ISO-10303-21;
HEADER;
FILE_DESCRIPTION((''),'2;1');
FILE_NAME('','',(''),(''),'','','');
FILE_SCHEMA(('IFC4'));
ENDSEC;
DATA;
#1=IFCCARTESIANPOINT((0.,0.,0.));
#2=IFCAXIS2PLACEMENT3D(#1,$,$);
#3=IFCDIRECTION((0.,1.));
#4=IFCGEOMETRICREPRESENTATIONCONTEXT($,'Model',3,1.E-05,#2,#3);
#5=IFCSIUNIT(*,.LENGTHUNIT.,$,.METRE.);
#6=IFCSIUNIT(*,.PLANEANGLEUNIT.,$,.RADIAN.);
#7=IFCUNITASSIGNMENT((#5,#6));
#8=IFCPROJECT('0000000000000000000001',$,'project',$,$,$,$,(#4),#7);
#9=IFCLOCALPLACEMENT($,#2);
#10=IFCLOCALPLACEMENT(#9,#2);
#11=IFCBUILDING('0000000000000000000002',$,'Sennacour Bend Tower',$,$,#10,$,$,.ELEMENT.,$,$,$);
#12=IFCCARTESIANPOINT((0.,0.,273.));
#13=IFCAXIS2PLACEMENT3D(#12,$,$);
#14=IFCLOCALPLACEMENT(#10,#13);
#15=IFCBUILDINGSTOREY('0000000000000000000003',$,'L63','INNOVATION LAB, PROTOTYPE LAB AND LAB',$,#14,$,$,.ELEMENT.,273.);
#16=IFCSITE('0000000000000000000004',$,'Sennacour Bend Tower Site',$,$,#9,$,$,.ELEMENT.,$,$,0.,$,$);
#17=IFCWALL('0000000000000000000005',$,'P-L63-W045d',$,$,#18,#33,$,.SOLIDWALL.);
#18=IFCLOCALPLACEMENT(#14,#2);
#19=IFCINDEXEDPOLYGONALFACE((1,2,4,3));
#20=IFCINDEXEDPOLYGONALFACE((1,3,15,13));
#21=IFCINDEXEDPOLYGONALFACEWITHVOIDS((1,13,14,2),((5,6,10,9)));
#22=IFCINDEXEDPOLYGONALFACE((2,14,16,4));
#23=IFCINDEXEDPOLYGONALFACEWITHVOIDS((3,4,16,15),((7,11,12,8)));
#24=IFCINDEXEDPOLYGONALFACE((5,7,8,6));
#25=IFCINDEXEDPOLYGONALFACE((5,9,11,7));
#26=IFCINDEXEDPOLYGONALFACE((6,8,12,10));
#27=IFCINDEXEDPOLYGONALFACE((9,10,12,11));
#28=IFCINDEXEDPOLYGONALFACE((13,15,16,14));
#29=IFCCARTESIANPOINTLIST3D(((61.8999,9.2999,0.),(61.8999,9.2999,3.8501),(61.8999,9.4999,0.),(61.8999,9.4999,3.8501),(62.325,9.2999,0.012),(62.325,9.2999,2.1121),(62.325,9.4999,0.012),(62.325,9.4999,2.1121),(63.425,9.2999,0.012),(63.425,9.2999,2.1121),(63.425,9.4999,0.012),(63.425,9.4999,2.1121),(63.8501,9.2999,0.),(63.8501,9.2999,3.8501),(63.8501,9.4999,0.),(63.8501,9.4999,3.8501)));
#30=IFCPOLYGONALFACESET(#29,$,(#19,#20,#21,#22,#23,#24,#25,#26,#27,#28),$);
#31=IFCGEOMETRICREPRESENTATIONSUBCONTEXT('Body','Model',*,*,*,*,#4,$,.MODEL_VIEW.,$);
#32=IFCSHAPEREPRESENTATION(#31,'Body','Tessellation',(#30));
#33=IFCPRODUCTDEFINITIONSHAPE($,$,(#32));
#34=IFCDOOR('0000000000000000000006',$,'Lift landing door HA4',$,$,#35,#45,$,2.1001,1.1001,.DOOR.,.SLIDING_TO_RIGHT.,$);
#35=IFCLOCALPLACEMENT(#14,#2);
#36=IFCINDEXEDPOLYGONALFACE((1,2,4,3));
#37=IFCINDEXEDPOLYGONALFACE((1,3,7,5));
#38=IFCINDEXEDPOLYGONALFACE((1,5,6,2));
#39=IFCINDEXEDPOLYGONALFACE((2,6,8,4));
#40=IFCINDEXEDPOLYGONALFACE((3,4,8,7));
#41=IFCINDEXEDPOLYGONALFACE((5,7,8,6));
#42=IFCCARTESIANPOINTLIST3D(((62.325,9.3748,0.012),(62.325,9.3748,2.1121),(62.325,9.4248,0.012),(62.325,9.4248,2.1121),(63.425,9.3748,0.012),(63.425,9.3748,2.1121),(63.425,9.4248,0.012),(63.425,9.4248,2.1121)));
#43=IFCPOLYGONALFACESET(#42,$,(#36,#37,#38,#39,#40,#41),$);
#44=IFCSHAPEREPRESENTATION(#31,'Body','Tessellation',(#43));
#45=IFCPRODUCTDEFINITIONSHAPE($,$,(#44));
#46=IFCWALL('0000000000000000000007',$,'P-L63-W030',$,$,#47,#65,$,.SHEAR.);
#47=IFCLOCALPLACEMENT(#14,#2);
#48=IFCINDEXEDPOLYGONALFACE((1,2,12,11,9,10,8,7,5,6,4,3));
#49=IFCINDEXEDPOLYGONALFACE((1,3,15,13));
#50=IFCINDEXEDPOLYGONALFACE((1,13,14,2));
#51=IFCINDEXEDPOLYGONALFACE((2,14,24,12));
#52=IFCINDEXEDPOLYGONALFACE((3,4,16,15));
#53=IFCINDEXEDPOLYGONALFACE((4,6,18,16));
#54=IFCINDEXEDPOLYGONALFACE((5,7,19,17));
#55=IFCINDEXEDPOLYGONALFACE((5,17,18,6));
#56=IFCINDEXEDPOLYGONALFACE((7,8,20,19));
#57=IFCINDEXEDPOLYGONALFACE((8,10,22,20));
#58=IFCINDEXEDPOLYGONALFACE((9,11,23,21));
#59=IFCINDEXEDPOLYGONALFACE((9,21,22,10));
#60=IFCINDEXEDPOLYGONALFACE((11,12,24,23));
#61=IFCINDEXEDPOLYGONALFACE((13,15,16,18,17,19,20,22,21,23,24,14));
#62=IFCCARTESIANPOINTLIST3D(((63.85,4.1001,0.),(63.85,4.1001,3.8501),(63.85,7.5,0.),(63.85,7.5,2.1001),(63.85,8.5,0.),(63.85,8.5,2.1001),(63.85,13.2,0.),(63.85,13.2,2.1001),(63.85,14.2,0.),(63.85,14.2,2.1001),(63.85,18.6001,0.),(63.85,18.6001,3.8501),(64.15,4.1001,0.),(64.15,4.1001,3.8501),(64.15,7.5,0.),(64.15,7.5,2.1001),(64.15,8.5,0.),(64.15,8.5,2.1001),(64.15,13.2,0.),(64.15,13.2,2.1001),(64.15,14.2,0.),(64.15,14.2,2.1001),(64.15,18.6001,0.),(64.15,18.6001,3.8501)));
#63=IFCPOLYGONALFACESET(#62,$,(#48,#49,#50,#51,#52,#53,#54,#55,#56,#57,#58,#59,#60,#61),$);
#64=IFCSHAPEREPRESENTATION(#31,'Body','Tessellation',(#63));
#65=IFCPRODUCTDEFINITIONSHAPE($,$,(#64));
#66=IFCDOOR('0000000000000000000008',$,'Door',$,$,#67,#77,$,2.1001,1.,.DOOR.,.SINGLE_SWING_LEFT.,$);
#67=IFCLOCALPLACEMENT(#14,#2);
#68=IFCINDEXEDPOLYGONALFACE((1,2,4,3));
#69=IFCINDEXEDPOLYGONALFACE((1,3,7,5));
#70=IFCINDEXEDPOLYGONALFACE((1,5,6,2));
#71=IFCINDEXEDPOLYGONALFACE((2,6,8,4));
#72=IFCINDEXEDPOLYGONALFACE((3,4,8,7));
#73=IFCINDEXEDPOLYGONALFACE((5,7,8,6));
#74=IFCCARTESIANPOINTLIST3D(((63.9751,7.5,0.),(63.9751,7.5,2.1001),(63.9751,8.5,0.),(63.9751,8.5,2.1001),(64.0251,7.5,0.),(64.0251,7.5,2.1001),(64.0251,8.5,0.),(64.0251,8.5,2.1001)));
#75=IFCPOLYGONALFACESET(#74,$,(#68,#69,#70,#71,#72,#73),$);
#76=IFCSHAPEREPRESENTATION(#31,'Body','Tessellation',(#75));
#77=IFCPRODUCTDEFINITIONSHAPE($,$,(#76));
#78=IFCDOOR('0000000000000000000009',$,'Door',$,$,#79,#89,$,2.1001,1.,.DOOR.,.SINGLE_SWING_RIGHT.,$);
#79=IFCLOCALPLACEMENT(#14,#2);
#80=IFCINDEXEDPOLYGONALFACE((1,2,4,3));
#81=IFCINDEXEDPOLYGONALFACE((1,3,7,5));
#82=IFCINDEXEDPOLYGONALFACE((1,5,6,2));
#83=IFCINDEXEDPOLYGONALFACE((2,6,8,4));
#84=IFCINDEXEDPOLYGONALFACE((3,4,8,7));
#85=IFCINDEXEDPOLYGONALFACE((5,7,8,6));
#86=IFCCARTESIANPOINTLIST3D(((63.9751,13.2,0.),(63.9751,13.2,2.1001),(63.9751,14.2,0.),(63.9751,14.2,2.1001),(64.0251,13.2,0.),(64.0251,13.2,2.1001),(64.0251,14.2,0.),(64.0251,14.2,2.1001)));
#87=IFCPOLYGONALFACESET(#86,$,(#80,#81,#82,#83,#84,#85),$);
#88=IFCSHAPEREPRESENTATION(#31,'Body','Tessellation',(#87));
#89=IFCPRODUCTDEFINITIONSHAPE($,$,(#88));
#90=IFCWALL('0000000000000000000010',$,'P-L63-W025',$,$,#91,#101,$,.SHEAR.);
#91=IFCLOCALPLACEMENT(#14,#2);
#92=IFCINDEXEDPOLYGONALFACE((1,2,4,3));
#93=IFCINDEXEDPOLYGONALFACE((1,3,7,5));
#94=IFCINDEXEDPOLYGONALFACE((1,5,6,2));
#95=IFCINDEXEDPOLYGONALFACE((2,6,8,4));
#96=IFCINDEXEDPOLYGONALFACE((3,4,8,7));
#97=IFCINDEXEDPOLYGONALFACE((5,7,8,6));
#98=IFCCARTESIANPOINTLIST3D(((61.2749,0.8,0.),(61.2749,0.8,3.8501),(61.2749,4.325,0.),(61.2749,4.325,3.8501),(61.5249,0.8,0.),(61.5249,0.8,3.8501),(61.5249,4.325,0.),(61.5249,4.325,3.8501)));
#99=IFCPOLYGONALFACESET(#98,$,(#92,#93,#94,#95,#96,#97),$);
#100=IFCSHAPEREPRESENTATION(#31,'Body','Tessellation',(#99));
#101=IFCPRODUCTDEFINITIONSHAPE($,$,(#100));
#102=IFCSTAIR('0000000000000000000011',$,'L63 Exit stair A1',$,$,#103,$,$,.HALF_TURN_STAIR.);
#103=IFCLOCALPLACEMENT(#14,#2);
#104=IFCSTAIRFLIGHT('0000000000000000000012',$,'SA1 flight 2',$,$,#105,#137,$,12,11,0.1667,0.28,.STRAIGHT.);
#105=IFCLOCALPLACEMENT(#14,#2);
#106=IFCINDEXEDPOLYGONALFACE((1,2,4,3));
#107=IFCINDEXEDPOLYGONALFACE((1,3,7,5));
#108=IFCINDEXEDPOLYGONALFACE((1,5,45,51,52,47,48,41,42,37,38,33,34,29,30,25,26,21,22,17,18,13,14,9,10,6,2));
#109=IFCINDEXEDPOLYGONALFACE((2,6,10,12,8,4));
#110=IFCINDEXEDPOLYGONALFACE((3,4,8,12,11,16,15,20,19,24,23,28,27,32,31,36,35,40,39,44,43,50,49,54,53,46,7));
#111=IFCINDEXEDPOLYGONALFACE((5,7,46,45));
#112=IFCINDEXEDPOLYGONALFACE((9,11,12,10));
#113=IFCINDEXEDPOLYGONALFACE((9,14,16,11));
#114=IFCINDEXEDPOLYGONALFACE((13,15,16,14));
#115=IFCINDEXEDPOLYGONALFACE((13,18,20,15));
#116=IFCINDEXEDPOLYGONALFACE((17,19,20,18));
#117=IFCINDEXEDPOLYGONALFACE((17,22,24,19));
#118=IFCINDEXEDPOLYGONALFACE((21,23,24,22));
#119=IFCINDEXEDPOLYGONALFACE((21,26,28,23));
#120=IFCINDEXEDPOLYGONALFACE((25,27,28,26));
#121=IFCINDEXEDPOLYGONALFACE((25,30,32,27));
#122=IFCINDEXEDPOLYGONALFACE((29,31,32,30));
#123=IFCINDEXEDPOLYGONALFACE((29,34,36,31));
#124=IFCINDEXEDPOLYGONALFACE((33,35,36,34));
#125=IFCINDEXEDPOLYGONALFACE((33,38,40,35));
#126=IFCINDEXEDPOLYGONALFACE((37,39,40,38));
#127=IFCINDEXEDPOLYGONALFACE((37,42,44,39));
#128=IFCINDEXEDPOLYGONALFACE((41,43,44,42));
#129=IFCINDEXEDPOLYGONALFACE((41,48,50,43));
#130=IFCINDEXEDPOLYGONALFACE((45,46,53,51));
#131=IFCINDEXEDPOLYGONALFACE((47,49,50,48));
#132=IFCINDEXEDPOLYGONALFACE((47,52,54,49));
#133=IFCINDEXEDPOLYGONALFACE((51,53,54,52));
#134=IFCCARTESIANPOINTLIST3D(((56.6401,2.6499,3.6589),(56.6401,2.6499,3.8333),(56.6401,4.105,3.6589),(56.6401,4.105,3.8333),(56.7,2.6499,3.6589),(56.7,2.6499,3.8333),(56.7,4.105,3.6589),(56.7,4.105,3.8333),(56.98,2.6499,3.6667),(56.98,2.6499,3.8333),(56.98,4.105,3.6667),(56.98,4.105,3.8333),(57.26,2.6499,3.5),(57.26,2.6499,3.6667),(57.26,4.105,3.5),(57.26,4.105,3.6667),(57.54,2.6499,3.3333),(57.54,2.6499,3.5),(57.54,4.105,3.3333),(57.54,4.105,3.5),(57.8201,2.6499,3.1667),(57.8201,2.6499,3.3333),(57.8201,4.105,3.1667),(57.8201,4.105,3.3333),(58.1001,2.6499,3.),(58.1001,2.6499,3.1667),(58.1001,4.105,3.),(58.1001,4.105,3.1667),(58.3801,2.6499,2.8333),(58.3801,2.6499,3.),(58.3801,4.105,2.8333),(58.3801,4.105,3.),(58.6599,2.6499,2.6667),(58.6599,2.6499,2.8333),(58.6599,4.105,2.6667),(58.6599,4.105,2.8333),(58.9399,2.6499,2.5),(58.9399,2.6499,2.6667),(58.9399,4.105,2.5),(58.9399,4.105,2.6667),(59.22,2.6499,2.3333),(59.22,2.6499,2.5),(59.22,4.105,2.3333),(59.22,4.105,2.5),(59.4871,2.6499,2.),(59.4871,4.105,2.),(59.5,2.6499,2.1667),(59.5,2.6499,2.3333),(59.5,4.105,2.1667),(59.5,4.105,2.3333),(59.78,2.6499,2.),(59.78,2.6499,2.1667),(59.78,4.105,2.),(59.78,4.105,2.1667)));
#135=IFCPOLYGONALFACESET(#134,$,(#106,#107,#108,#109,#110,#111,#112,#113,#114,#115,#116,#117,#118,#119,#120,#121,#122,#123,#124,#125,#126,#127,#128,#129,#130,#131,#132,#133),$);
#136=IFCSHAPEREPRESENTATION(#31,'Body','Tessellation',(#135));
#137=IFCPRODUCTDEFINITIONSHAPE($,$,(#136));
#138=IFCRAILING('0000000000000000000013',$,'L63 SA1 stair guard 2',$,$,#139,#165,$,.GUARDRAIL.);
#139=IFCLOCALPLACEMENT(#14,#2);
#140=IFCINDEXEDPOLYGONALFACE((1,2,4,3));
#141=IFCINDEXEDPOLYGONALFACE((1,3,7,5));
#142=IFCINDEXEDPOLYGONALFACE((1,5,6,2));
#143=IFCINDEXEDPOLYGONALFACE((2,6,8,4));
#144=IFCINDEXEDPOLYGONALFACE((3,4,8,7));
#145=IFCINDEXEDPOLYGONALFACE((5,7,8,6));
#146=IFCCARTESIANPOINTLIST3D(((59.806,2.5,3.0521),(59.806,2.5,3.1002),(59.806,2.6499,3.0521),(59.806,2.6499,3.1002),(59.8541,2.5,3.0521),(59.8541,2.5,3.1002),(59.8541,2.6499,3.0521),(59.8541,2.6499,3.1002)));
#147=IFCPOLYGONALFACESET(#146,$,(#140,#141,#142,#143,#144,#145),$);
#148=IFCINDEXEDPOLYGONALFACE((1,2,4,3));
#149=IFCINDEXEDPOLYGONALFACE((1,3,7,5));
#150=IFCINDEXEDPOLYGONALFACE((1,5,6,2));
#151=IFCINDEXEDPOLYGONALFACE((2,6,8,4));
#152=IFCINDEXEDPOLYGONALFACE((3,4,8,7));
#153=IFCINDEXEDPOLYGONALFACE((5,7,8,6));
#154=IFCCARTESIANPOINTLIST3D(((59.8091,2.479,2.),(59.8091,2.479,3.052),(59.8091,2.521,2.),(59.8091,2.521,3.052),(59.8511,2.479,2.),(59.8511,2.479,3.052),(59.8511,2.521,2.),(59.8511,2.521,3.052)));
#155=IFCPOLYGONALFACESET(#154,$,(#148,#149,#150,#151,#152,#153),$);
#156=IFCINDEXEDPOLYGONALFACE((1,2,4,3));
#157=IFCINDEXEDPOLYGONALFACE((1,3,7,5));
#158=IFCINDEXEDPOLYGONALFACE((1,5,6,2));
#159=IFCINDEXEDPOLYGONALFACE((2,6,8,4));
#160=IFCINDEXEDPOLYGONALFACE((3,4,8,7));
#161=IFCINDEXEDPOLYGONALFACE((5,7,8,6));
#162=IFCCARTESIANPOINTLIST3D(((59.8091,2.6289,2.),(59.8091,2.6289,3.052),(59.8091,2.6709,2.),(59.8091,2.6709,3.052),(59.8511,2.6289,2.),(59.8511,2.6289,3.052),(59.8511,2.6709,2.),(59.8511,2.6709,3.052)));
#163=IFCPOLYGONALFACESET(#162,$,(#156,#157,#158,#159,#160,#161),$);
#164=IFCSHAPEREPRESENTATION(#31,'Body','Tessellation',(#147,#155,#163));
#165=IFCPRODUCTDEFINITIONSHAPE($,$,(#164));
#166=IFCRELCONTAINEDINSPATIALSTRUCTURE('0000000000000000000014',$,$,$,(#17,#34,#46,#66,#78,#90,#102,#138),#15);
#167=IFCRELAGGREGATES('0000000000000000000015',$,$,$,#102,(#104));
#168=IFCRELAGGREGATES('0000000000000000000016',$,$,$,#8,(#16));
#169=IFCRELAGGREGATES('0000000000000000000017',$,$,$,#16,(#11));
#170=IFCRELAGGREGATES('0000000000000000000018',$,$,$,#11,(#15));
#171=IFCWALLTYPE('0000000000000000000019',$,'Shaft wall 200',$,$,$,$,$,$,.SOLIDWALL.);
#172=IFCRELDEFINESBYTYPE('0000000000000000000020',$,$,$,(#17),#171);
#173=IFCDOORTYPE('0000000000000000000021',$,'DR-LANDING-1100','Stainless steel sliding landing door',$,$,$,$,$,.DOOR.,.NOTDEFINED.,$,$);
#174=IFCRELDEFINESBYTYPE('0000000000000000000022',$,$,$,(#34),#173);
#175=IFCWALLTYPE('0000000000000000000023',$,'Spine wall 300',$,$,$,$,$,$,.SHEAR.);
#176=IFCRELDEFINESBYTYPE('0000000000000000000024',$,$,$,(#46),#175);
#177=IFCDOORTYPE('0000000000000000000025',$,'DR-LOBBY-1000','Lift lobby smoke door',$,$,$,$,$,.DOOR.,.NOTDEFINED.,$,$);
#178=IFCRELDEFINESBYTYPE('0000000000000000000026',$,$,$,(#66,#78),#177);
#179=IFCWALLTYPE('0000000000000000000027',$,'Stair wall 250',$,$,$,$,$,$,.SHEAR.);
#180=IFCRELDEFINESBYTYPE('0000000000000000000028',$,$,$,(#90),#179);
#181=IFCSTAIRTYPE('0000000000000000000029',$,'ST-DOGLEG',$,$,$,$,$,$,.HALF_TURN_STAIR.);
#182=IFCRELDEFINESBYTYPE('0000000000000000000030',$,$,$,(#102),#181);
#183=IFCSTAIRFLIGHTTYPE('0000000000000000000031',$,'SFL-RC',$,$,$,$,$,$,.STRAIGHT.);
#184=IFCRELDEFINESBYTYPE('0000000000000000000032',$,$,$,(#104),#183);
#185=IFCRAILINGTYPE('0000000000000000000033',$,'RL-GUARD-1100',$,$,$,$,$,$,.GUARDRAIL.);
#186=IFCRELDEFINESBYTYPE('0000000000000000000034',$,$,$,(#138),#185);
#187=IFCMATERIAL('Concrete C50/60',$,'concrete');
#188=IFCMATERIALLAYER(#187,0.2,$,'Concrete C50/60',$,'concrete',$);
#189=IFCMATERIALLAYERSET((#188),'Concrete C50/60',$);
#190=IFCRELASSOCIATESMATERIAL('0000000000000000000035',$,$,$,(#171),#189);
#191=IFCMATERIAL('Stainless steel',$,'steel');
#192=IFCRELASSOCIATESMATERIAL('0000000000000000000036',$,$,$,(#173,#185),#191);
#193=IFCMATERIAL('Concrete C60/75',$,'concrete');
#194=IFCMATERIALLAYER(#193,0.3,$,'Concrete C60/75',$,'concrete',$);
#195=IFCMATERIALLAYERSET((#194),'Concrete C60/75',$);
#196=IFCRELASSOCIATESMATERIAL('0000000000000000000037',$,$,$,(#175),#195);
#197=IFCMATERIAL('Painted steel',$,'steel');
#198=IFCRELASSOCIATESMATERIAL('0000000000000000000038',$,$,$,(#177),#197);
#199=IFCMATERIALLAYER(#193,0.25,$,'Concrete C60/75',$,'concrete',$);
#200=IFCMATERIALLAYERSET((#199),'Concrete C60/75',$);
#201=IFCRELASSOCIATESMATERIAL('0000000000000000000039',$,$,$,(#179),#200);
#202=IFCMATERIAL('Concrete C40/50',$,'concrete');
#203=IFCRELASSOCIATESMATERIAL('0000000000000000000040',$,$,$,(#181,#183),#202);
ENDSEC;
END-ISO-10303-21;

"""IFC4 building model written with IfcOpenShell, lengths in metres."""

from ifc_helpers import new_model, si_unit, direction, frame, frame_2d, origin, origin_2d, place, context, subcontext, project, spatial, polyline, rectangle, outline, extrude, material, layer, layer_set, type_object, element, fill, aggregate, save


model = new_model("IFC4")

# Units and contexts
model_context = context("Model", 3, precision=1e-05, world=origin(), true_north=direction((0.0, 1.0)))
body_context = subcontext(model_context, "Body", "Model", "MODEL_VIEW")
ifc_project = project(units=[si_unit("LENGTHUNIT", "METRE"), si_unit("PLANEANGLEUNIT", "RADIAN")], contexts=[model_context])

# Site, building, storey
site_placement = place(None, origin())
site = spatial("IfcSite", under=ifc_project, at=site_placement, Name="Sennacour Bend Tower Site", CompositionType="ELEMENT", RefElevation=0.0)
building_placement = place(site_placement, origin())
building = spatial("IfcBuilding", under=site, at=building_placement, Name="Sennacour Bend Tower", CompositionType="ELEMENT")
storey_placement = place(building_placement, frame((0.0, 0.0, 273.0)))
storey = spatial("IfcBuildingStorey", under=building, at=storey_placement, Name="L63", Description="INNOVATION LAB, PROTOTYPE LAB AND LAB", CompositionType="ELEMENT", Elevation=273.0)

# Shared definitions
ifc_material_1 = material(Name="Concrete C50/60", Category="concrete")

# Shared definitions
ifc_material_2 = material(Name="Painted steel", Category="steel")

# Shared definitions
ifc_layer_1 = layer(ifc_material_1, 0.2, Name="Concrete C50/60", Category="concrete")
ifc_layer_set_1 = layer_set([ifc_layer_1], Name="Concrete C50/60")
wall_type_1 = type_object("IfcWallType", Name="Shaft wall 200", PredefinedType="SOLIDWALL", material=ifc_layer_set_1)

# Wall, opening, door
wall_1_placement = place(storey_placement, frame((61.8999, 9.3999, 0.0), z_axis=(0.0, 0.0, 1.0), x_axis=(1.0, 0.0, 0.0)))
wall_1 = element("IfcWall", 1, at=wall_1_placement, inside=storey, type_object=wall_type_1, Name="P-L63-W045d", PredefinedType="SOLIDWALL", context=body_context, shape_type="SweptSolid", body=[
    extrude(rectangle(XDim=1.9502, YDim=0.2, at=frame_2d((0.9751, 0.0))), origin(), (0.0, 0.0, 1.0), 3.8501),
])
opening_1_placement = place(wall_1_placement, frame((0.425, 0.0, 0.012)))
opening_1 = element("IfcOpeningElement", 2, at=opening_1_placement, cuts=wall_1, PredefinedType="OPENING", context=body_context, shape_type="SweptSolid", body=[
    extrude(rectangle(XDim=1.1001, YDim=2.1001, at=frame_2d((0.55, 1.05))), frame((0.0, 0.1099, 0.0), z_axis=(0.0, -1.0, 0.0), x_axis=(1.0, 0.0, 0.0)), (0.0, 0.0, 1.0), 0.22),
])
ifc_material_3 = material(Name="Stainless steel", Category="steel")
door_type_1 = type_object("IfcDoorType", Name="DR-LANDING-1100", Description="Stainless steel sliding landing door", OperationType="NOTDEFINED", PredefinedType="DOOR", material=ifc_material_3)
door_1_placement = place(opening_1_placement, origin())
door_1 = element("IfcDoor", 3, at=door_1_placement, inside=storey, type_object=door_type_1, Name="Lift landing door HA4", OperationType="SLIDING_TO_RIGHT", OverallHeight=2.1001, OverallWidth=1.1001, PredefinedType="DOOR", context=body_context, shape_type="SweptSolid", body=[
    extrude(rectangle(XDim=1.1001, YDim=2.1001, at=frame_2d((0.55, 1.05))), frame((0.0, 0.0249, 0.0), z_axis=(0.0, -1.0, 0.0), x_axis=(1.0, 0.0, 0.0)), (0.0, 0.0, 1.0), 0.05),
])
fill(opening_1, door_1)

# Wall, openings, doors
ifc_material_4 = material(Name="Concrete C60/75", Category="concrete")
ifc_layer_2 = layer(ifc_material_4, 0.3, Name="Concrete C60/75", Category="concrete")
ifc_layer_set_2 = layer_set([ifc_layer_2], Name="Concrete C60/75")
wall_type_2 = type_object("IfcWallType", Name="Spine wall 300", PredefinedType="SHEAR", material=ifc_layer_set_2)
wall_2_placement = place(storey_placement, frame((64.0, 4.1001, 0.0), z_axis=(0.0, 0.0, 1.0), x_axis=(0.0, 1.0, 0.0)))
wall_2 = element("IfcWall", 4, at=wall_2_placement, inside=storey, type_object=wall_type_2, Name="P-L63-W030", PredefinedType="SHEAR", context=body_context, shape_type="SweptSolid", body=[
    extrude(rectangle(XDim=14.5, YDim=0.3, at=frame_2d((7.25, 0.0))), origin(), (0.0, 0.0, 1.0), 3.8501),
])
opening_2_placement = place(wall_2_placement, frame((3.3999, 0.0, 0.0)))
opening_2 = element("IfcOpeningElement", 5, at=opening_2_placement, cuts=wall_2, PredefinedType="OPENING", context=body_context, shape_type="SweptSolid", body=[
    extrude(rectangle(XDim=1.0, YDim=2.1001, at=frame_2d((0.5, 1.05))), frame((0.0, 0.1602, 0.0), z_axis=(0.0, -1.0, 0.0), x_axis=(1.0, 0.0, 0.0)), (0.0, 0.0, 1.0), 0.3201),
])
opening_3_placement = place(wall_2_placement, frame((9.0999, 0.0, 0.0)))
opening_3 = element("IfcOpeningElement", 6, at=opening_3_placement, cuts=wall_2, PredefinedType="OPENING", context=body_context, shape_type="SweptSolid", body=[
    extrude(rectangle(XDim=1.0, YDim=2.1001, at=frame_2d((0.5, 1.05))), frame((0.0, 0.1602, 0.0), z_axis=(0.0, -1.0, 0.0), x_axis=(1.0, 0.0, 0.0)), (0.0, 0.0, 1.0), 0.3201),
])
door_type_2 = type_object("IfcDoorType", Name="DR-LOBBY-1000", Description="Lift lobby smoke door", OperationType="NOTDEFINED", PredefinedType="DOOR", material=ifc_material_2)
door_2_placement = place(opening_2_placement, origin())
door_2 = element("IfcDoor", 7, at=door_2_placement, inside=storey, type_object=door_type_2, Name="Door", OperationType="SINGLE_SWING_LEFT", OverallHeight=2.1001, OverallWidth=1.0, PredefinedType="DOOR", context=body_context, shape_type="SweptSolid", body=[
    extrude(rectangle(XDim=1.0, YDim=2.1001, at=frame_2d((0.5, 1.05))), frame((0.0, 0.0249, 0.0), z_axis=(0.0, -1.0, 0.0), x_axis=(1.0, 0.0, 0.0)), (0.0, 0.0, 1.0), 0.05),
])
fill(opening_2, door_2)
door_3_placement = place(opening_3_placement, origin())
door_3 = element("IfcDoor", 8, at=door_3_placement, inside=storey, type_object=door_type_2, Name="Door", OperationType="SINGLE_SWING_RIGHT", OverallHeight=2.1001, OverallWidth=1.0, PredefinedType="DOOR", context=body_context, shape_type="SweptSolid", body=[
    extrude(rectangle(XDim=1.0, YDim=2.1001, at=frame_2d((0.5, 1.05))), frame((0.0, 0.0249, 0.0), z_axis=(0.0, -1.0, 0.0), x_axis=(1.0, 0.0, 0.0)), (0.0, 0.0, 1.0), 0.05),
])
fill(opening_3, door_3)

# Wall
ifc_layer_3 = layer(ifc_material_4, 0.25, Name="Concrete C60/75", Category="concrete")
ifc_layer_set_3 = layer_set([ifc_layer_3], Name="Concrete C60/75")
wall_type_3 = type_object("IfcWallType", Name="Stair wall 250", PredefinedType="SHEAR", material=ifc_layer_set_3)
wall_3_placement = place(storey_placement, frame((61.3999, 0.8, 0.0), z_axis=(0.0, 0.0, 1.0), x_axis=(0.0, 1.0, 0.0)))
element("IfcWall", 9, at=wall_3_placement, inside=storey, type_object=wall_type_3, Name="P-L63-W025", PredefinedType="SHEAR", context=body_context, shape_type="SweptSolid", body=[
    extrude(rectangle(XDim=3.5249, YDim=0.25, at=frame_2d((1.7625, 0.0))), origin(), (0.0, 0.0, 1.0), 3.8501),
])

# Stair, stair flight
ifc_material_5 = material(Name="Concrete C40/50", Category="concrete")
stair_type = type_object("IfcStairType", Name="ST-DOGLEG", PredefinedType="HALF_TURN_STAIR", material=ifc_material_5)
stair_placement = place(storey_placement, origin())
stair = element("IfcStair", 10, at=stair_placement, inside=storey, type_object=stair_type, Name="L63 Exit stair A1", PredefinedType="HALF_TURN_STAIR")
stair_flight_type = type_object("IfcStairFlightType", Name="SFL-RC", PredefinedType="STRAIGHT", material=ifc_material_5)
stair_flight_placement = place(storey_placement, frame((59.78, 3.3774, 2.0), z_axis=(0.0, 0.0, 1.0), x_axis=(-1.0, 0.0, 0.0)))
stair_flight = element("IfcStairFlight", 11, at=stair_flight_placement, type_object=stair_flight_type, Name="SA1 flight 2", NumberOfRisers=12, NumberOfTreads=11, PredefinedType="STRAIGHT", RiserHeight=0.1667, TreadLength=0.28, context=body_context, shape_type="SweptSolid", body=[
    extrude(outline(polyline([(0.0, 0.0), (0.0, 0.1667), (0.28, 0.1667), (0.28, 0.3333), (0.5601, 0.3333), (0.5601, 0.5), (0.8401, 0.5), (0.8401, 0.6667), (1.1201, 0.6667), (1.1201, 0.8333), (1.3999, 0.8333), (1.3999, 1.0), (1.6799, 1.0), (1.6799, 1.1667), (1.96, 1.1667), (1.96, 1.3333), (2.24, 1.3333), (2.24, 1.5), (2.52, 1.5), (2.52, 1.6667), (2.8, 1.6667), (2.8, 1.8333), (3.0801, 1.8333), (3.1399, 1.8333), (3.1399, 1.6589), (3.0801, 1.6589), (0.293, 0.0), (0.0, 0.0)])), frame((0.0, 0.7275, 0.0), z_axis=(0.0, -1.0, 0.0), x_axis=(1.0, 0.0, 0.0)), (0.0, 0.0, 1.0), 1.4551),
])
aggregate(stair, [stair_flight])

# Railing
railing_type_1 = type_object("IfcRailingType", Name="RL-GUARD-1100", PredefinedType="GUARDRAIL", material=ifc_material_3)
railing_1_placement = place(storey_placement, frame((59.8301, 2.5, 2.0)))
element("IfcRailing", 12, at=railing_1_placement, inside=storey, type_object=railing_type_1, Name="L63 SA1 stair guard 2", PredefinedType="GUARDRAIL", context=body_context, shape_type="SweptSolid", body=[
    extrude(rectangle(XDim=0.0481, YDim=0.0481, at=origin_2d()), frame((0.0, 0.0, 1.0762), z_axis=(0.0, 1.0, 0.0), x_axis=(-1.0, 0.0, 0.0)), (0.0, 0.0, 1.0), 0.1499),
    extrude(rectangle(XDim=0.042, YDim=0.042, at=origin_2d()), origin(), (0.0, 0.0, 1.0), 1.052),
    extrude(rectangle(XDim=0.042, YDim=0.042, at=origin_2d()), frame((0.0, 0.1499, 0.0)), (0.0, 0.0, 1.0), 1.052),
])

save(model, "model.ifc")
